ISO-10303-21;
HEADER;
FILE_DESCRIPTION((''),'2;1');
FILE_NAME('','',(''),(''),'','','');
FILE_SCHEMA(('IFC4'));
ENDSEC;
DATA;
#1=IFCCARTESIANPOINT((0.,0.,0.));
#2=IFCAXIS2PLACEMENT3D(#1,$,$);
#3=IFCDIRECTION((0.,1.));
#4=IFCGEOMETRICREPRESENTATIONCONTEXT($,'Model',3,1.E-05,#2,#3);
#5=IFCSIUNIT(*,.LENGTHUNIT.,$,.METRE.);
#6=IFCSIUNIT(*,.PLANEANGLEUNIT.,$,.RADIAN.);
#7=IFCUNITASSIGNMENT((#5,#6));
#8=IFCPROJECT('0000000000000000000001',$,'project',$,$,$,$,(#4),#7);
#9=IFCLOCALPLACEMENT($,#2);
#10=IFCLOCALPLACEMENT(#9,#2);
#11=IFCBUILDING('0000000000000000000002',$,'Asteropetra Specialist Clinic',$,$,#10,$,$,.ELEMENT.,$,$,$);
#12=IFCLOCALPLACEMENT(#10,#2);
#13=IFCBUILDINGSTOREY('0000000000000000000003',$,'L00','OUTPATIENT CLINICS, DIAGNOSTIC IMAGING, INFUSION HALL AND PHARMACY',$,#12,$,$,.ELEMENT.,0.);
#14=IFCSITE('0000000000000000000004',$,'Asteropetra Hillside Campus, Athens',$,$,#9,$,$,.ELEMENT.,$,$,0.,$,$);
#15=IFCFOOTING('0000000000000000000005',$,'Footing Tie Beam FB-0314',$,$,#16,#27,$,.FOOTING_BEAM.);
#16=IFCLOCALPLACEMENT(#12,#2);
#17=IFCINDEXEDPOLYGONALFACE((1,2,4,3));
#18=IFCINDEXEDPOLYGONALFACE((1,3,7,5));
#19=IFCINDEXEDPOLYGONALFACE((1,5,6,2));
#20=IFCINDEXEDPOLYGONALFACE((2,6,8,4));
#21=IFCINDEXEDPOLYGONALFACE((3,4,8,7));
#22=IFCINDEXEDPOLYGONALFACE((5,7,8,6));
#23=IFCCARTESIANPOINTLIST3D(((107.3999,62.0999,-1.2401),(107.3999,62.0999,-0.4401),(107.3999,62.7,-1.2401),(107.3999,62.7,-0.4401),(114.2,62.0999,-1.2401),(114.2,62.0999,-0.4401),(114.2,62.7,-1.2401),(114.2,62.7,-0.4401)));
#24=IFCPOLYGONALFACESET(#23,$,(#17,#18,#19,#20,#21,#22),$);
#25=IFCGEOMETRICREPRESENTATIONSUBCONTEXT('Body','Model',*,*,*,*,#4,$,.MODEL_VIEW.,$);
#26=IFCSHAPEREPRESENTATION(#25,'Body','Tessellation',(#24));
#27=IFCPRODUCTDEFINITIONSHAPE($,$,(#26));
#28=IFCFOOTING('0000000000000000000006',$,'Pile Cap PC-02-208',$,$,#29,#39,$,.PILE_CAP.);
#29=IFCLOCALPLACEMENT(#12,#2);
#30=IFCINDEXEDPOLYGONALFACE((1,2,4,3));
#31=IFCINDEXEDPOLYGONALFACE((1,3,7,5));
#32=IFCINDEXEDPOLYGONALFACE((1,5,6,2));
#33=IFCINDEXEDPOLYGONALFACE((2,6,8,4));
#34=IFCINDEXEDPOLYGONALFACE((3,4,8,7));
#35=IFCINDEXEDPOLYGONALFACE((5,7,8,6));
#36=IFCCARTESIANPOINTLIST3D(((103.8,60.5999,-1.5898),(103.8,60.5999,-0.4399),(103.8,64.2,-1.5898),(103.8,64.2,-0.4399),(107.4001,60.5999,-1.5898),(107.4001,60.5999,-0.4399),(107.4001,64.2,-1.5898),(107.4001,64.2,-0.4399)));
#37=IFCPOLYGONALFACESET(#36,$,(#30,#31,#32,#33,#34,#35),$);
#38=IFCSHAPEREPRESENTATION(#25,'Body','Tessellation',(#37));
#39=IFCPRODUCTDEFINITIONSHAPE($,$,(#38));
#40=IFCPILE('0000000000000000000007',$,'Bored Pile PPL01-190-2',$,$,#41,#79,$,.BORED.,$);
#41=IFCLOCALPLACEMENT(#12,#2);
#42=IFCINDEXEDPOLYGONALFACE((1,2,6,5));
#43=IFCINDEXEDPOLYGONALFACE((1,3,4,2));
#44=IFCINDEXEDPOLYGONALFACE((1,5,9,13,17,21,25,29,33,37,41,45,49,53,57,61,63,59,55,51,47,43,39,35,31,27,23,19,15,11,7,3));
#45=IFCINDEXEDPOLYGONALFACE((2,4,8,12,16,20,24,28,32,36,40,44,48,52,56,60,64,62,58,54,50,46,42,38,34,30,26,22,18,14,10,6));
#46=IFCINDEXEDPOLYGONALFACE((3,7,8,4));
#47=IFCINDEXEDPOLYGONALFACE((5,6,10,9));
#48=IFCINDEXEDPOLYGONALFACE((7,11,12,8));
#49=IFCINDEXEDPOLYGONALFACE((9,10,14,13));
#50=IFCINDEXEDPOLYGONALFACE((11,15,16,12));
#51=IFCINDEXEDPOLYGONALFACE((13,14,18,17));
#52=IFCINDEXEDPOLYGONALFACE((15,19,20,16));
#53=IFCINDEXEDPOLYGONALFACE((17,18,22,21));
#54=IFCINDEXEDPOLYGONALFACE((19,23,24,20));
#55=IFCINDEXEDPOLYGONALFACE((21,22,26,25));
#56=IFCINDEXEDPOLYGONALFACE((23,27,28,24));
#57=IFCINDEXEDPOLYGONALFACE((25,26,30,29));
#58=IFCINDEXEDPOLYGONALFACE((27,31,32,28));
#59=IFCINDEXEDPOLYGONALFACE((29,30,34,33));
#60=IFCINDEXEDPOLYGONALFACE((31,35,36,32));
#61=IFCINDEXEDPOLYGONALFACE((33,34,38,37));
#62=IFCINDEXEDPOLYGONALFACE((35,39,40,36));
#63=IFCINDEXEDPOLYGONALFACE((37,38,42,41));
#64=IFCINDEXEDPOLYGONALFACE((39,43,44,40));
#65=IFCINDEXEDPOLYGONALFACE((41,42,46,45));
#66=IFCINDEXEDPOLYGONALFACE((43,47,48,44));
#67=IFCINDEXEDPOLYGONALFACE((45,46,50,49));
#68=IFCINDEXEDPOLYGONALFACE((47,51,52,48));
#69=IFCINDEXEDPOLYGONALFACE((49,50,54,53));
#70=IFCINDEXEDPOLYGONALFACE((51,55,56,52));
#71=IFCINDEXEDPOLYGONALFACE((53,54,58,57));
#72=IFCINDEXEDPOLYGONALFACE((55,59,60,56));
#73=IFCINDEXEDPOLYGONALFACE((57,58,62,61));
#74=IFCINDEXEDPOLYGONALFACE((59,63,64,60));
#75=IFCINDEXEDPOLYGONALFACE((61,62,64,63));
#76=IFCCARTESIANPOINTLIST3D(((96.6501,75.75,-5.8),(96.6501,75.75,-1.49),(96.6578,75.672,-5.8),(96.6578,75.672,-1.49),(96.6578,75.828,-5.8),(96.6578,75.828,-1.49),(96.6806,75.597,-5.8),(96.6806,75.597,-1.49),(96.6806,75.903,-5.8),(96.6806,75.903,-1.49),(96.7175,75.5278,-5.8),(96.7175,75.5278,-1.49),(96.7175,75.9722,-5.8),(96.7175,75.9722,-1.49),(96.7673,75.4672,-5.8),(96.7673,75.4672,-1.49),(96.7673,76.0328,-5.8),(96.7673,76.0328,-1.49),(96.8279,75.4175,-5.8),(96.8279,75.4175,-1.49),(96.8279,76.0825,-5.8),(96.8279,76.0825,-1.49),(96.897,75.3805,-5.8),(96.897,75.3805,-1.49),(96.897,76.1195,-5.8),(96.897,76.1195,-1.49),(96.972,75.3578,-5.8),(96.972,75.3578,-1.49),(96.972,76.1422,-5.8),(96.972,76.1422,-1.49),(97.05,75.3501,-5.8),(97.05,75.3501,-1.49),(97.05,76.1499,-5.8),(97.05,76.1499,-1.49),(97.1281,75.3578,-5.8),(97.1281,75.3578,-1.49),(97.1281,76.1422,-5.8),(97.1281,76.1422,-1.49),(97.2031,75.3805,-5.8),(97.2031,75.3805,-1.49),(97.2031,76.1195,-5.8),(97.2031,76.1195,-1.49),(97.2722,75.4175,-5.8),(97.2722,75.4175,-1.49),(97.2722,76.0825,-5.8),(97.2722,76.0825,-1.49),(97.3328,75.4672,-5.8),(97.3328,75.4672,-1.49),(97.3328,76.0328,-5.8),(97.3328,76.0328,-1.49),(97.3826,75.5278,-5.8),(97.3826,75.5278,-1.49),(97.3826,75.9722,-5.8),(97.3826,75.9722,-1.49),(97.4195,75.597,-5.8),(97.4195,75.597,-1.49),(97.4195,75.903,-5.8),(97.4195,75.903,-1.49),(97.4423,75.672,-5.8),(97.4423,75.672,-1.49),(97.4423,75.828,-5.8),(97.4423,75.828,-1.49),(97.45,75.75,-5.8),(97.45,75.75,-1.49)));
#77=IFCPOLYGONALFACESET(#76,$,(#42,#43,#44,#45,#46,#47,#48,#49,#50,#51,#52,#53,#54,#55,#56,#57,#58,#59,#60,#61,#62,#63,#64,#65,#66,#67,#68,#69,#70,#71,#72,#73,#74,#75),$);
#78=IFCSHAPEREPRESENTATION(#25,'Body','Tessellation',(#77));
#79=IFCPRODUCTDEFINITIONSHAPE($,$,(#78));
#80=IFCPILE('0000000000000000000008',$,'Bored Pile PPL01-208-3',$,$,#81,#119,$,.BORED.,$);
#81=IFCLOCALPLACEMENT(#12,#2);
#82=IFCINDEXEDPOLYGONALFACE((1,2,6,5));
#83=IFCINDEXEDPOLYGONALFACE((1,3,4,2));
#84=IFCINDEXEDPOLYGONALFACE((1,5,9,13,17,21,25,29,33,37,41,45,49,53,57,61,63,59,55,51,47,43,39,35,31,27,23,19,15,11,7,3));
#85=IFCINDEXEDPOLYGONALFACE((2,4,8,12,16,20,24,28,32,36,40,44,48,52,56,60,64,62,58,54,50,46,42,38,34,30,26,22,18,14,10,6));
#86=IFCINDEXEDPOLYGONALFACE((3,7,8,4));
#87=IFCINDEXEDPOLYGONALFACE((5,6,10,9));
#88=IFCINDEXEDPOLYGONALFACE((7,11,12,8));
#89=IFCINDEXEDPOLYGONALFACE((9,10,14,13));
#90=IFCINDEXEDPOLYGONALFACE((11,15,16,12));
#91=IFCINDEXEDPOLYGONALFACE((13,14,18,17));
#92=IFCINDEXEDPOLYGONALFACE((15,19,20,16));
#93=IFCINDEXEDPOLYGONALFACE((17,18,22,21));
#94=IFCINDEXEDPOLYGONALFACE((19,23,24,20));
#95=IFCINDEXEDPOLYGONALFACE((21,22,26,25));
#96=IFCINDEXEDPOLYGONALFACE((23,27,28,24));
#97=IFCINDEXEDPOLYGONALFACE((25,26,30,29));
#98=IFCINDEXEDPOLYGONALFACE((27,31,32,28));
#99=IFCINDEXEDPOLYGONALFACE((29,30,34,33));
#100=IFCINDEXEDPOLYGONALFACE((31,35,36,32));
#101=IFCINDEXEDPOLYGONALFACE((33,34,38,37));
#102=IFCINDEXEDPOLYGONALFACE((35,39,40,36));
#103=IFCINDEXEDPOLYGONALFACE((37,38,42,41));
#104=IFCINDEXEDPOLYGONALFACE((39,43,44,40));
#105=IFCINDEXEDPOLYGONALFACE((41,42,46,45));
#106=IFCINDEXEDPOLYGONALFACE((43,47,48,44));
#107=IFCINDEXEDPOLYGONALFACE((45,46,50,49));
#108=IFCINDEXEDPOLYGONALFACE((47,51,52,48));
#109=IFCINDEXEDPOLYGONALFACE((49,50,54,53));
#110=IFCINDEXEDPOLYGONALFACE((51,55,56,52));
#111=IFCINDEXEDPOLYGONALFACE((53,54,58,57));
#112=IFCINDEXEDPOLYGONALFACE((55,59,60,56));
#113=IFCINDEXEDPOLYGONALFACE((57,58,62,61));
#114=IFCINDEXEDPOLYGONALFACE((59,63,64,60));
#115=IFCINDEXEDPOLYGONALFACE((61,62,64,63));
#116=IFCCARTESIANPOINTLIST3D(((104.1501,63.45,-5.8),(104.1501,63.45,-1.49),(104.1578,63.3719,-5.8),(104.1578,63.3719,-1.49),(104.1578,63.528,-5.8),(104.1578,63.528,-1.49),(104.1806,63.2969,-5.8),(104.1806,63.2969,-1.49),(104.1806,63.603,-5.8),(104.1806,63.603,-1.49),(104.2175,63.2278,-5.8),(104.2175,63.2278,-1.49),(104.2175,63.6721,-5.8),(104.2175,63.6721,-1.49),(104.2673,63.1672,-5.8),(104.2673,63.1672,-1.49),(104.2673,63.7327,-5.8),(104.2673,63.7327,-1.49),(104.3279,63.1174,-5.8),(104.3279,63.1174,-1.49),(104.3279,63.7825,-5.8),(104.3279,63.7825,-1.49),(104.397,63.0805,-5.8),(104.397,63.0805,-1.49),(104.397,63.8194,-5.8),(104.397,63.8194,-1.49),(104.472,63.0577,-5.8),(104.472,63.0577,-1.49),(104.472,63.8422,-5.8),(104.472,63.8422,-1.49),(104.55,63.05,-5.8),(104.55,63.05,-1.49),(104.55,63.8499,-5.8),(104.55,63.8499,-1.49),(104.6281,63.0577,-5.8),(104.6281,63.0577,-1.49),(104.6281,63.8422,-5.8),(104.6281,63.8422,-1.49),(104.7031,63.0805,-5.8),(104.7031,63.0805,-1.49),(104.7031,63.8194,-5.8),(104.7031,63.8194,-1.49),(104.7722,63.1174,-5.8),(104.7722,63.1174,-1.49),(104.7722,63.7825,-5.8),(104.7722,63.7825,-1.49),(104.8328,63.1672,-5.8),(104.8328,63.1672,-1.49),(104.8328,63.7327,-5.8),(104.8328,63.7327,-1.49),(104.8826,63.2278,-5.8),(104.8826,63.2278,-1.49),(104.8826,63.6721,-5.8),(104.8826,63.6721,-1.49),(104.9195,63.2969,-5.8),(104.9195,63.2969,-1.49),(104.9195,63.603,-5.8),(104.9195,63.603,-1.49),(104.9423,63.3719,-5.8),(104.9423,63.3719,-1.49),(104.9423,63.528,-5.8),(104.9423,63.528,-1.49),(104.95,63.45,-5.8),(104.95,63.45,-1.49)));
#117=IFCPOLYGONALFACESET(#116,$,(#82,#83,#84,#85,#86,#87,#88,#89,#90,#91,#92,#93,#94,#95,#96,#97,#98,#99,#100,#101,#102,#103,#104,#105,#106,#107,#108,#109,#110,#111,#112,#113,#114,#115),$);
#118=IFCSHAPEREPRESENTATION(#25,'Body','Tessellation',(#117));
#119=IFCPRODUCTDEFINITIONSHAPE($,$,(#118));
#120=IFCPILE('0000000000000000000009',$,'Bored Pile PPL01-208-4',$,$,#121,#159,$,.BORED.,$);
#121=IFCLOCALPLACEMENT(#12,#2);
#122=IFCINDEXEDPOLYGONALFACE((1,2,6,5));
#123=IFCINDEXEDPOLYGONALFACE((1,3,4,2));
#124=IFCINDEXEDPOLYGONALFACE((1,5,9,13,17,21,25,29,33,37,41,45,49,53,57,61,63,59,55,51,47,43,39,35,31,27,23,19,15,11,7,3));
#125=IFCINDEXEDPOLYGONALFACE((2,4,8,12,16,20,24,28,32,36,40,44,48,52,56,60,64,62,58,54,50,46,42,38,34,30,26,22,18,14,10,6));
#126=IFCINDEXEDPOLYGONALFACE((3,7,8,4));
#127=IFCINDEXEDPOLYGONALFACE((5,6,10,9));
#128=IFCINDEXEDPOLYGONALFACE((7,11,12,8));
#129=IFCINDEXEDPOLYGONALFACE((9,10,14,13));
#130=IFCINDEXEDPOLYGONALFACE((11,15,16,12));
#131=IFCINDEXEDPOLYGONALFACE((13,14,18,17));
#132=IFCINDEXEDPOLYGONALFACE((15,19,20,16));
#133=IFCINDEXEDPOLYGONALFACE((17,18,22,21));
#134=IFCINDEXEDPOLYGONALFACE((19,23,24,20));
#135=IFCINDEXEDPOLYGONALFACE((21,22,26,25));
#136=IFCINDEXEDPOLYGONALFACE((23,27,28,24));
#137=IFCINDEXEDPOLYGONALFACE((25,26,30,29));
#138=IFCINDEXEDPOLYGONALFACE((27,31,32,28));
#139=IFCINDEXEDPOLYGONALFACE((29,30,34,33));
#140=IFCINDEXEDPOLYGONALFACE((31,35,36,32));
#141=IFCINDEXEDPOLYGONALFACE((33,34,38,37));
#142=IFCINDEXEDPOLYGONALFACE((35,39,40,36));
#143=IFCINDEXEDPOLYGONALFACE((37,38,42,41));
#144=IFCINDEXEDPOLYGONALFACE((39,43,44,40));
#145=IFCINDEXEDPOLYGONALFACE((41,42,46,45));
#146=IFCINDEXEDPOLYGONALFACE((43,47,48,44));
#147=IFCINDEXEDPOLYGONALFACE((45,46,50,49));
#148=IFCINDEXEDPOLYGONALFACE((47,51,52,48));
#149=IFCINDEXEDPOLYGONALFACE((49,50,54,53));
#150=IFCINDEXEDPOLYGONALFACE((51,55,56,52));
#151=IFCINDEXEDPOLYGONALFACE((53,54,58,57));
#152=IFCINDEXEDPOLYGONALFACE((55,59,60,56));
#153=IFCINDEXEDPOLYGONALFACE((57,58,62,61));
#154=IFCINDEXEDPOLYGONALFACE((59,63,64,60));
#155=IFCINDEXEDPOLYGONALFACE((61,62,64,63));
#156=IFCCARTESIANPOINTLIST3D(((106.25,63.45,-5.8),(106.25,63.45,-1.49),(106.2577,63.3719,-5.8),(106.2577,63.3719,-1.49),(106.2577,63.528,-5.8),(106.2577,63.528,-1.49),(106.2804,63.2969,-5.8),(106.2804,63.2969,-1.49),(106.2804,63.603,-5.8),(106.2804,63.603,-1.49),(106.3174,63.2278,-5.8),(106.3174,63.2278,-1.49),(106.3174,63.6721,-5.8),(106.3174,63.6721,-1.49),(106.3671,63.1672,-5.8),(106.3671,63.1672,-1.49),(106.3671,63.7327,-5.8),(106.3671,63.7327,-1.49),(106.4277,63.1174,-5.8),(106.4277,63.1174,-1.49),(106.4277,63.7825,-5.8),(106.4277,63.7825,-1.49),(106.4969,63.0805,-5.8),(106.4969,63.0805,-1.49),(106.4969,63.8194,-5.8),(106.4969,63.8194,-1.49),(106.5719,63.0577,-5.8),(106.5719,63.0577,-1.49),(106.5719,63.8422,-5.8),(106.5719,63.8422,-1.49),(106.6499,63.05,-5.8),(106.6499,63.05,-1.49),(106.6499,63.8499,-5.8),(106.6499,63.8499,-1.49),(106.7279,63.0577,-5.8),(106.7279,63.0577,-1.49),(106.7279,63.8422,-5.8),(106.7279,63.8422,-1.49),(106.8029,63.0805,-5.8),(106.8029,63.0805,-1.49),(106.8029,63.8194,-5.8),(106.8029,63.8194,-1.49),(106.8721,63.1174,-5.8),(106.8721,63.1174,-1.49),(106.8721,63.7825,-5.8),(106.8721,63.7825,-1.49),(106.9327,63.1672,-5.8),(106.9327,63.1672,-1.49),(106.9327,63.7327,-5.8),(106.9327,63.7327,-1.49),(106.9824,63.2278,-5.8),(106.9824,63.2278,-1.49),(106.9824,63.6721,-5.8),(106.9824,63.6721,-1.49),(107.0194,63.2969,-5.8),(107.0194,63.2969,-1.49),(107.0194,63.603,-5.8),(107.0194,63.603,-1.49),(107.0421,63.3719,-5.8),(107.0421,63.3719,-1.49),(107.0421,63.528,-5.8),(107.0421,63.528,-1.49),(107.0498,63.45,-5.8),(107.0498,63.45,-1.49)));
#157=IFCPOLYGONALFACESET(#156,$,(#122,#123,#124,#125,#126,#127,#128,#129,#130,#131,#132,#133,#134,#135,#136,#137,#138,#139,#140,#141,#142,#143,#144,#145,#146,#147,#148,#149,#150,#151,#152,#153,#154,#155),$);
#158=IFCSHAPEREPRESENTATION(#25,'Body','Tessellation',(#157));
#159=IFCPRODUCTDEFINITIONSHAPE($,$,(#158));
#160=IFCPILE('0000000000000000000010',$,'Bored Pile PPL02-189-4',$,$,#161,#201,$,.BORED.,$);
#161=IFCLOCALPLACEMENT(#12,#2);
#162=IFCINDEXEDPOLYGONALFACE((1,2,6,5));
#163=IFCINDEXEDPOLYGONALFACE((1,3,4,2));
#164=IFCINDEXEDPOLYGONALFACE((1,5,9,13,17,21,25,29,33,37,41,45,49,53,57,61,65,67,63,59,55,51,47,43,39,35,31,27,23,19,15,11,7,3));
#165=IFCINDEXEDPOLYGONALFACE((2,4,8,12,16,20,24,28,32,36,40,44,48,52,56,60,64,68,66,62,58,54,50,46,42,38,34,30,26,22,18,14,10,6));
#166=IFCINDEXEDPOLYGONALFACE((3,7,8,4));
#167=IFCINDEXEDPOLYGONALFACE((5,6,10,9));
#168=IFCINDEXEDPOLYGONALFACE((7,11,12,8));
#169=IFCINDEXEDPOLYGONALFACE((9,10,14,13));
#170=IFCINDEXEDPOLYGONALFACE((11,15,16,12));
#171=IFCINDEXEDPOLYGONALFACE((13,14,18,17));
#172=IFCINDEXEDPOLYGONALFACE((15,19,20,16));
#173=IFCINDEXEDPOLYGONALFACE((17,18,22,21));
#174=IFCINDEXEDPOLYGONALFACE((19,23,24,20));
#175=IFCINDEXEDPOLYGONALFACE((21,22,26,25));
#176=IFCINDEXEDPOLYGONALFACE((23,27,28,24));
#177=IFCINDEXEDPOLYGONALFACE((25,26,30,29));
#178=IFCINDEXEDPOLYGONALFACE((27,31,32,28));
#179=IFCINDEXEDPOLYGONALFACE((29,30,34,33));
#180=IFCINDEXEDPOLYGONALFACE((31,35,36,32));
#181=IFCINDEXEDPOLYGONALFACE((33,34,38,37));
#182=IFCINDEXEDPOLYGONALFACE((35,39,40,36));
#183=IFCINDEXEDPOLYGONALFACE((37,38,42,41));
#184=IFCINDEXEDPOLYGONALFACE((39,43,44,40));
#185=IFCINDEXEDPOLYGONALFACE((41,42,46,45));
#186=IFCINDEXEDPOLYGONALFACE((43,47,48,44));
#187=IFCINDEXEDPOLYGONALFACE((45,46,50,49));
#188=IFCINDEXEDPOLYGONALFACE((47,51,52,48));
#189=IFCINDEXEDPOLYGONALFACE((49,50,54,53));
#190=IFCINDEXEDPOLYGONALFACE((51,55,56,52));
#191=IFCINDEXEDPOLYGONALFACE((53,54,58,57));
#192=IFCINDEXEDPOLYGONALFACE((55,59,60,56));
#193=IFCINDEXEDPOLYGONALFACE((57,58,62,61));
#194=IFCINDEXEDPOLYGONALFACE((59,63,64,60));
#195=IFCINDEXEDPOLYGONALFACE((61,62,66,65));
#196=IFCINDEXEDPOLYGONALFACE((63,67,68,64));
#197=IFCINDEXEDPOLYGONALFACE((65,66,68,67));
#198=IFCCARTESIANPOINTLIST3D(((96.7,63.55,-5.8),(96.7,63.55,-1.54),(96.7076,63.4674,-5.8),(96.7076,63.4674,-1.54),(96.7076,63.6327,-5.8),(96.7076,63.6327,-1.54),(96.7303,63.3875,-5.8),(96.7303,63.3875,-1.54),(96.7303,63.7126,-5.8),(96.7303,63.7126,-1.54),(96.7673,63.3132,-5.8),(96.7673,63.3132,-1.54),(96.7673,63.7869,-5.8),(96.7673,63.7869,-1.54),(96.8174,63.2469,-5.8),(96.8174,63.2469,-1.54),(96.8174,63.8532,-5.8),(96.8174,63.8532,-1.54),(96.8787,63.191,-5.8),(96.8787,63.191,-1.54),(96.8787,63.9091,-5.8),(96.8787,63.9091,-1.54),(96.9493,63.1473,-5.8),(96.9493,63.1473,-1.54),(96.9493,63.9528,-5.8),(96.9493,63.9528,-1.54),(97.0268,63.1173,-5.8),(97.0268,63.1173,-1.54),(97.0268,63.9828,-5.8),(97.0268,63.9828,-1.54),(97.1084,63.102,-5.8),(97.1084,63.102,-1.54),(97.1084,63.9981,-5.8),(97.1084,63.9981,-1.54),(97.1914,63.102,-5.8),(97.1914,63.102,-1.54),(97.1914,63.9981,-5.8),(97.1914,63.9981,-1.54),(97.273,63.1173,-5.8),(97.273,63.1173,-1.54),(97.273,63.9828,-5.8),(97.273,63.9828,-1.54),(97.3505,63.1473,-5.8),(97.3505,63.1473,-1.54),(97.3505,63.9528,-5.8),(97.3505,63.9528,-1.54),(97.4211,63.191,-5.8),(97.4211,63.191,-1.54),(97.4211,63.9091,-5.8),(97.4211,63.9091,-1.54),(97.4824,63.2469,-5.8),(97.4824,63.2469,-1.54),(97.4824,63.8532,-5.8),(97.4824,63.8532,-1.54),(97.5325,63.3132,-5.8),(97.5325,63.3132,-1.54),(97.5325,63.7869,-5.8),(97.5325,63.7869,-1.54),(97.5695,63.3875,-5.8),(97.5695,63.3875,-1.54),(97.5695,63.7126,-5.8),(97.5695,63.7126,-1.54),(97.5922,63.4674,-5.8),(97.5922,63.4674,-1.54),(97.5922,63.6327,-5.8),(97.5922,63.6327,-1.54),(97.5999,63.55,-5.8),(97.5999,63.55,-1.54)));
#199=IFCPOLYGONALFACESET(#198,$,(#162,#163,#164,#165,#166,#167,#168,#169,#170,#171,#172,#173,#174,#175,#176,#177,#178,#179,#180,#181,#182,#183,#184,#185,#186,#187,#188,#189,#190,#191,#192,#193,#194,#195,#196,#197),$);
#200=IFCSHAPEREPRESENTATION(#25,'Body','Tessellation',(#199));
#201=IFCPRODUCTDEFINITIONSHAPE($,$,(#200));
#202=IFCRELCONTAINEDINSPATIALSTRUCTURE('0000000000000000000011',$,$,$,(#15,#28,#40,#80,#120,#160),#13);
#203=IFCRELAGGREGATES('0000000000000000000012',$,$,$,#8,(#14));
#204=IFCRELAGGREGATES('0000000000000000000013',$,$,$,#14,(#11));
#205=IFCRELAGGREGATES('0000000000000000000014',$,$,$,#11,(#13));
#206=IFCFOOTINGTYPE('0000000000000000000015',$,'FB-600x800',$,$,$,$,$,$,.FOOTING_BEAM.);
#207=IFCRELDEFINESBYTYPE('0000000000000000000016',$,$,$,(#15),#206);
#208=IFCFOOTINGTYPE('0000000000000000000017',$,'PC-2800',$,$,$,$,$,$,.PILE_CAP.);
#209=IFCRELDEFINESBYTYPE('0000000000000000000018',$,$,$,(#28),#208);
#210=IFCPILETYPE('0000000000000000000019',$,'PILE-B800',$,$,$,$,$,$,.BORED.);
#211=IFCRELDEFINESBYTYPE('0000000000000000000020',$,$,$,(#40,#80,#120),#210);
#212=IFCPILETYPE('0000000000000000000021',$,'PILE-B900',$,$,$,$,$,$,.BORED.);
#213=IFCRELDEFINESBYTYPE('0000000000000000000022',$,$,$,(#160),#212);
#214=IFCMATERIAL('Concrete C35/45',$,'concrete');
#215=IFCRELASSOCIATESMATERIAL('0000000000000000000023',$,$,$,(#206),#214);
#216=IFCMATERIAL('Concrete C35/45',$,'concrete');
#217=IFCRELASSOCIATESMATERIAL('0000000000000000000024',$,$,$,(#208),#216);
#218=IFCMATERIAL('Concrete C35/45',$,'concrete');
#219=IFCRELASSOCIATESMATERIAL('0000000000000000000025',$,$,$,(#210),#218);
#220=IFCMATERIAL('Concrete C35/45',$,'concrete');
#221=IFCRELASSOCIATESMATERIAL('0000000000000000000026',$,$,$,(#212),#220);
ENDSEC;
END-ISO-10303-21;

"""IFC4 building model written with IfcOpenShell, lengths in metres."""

from ifc_helpers import new_model, si_unit, direction, frame, origin, origin_2d, place, context, subcontext, project, spatial, rectangle, circle, extrude, material, material_profile, profile_set, type_object, element, save


model = new_model("IFC4")

# Units and contexts
model_context = context("Model", 3, precision=1e-05, world=origin(), true_north=direction((0.0, 1.0)))
body_context = subcontext(model_context, "Body", "Model", "MODEL_VIEW")
ifc_project = project(units=[si_unit("LENGTHUNIT", "METRE"), si_unit("PLANEANGLEUNIT", "RADIAN")], contexts=[model_context])

# Site, building, storey
site_placement = place(None, origin())
site = spatial("IfcSite", under=ifc_project, at=site_placement, Name="Asteropetra Hillside Campus, Athens", CompositionType="ELEMENT", RefElevation=0.0)
building_placement = place(site_placement, origin())
building = spatial("IfcBuilding", under=site, at=building_placement, Name="Asteropetra Specialist Clinic", CompositionType="ELEMENT")
storey_placement = place(building_placement, origin())
storey = spatial("IfcBuildingStorey", under=building, at=storey_placement, Name="L00", Description="OUTPATIENT CLINICS, DIAGNOSTIC IMAGING, INFUSION HALL AND PHARMACY", CompositionType="ELEMENT", Elevation=0.0)

# Footings
ifc_material_1 = material(Name="Concrete C35/45", Category="concrete")
ifc_material_profile_1 = material_profile(ifc_material_1, rectangle(XDim=0.6001, YDim=0.8, at=origin_2d()), Name="FB 600x800")
ifc_profile_set_1 = profile_set([ifc_material_profile_1], Name="Concrete C35/45")
footing_type_1 = type_object("IfcFootingType", Name="FB-600x800", PredefinedType="FOOTING_BEAM", material=ifc_profile_set_1)
footing_1_placement = place(storey_placement, frame((107.3999, 62.3999, -0.8401), z_axis=(1.0, 0.0, 0.0), x_axis=(0.0, 1.0, 0.0)))
element("IfcFooting", 1, at=footing_1_placement, inside=storey, type_object=footing_type_1, Name="Footing Tie Beam FB-0314", PredefinedType="FOOTING_BEAM", context=body_context, shape_type="SweptSolid", body=[
    extrude(rectangle(XDim=0.6001, YDim=0.8, at=origin_2d()), origin(), (0.0, 0.0, 1.0), 6.8),
])
ifc_material_2 = material(Name="Concrete C35/45", Category="concrete")
footing_type_2 = type_object("IfcFootingType", Name="PC-2800", PredefinedType="PILE_CAP", material=ifc_material_2)
footing_2_placement = place(storey_placement, frame((105.6001, 62.3999, -1.5898), z_axis=(0.0, 0.0, 1.0), x_axis=(1.0, 0.0, 0.0)))
element("IfcFooting", 2, at=footing_2_placement, inside=storey, type_object=footing_type_2, Name="Pile Cap PC-02-208", PredefinedType="PILE_CAP", context=body_context, shape_type="SweptSolid", body=[
    extrude(rectangle(XDim=3.6001, YDim=3.6001, at=origin_2d()), origin(), (0.0, 0.0, 1.0), 1.1499),
])

# Piles
ifc_material_3 = material(Name="Concrete C35/45", Category="concrete")
ifc_material_profile_2 = material_profile(ifc_material_3, circle(Radius=0.3999, at=origin_2d()), Name="PILE D800")
ifc_profile_set_2 = profile_set([ifc_material_profile_2], Name="Concrete C35/45")
pile_type_1 = type_object("IfcPileType", Name="PILE-B800", PredefinedType="BORED", material=ifc_profile_set_2)
for number, where, z_axis, x_axis, name in (
    (3, (97.05, 75.75, -1.49), (0.0, 0.0, -1.0), (1.0, 0.0, 0.0), "Bored Pile PPL01-190-2"),
    (4, (104.55, 63.45, -1.49), (0.0, 0.0, -1.0), (1.0, 0.0, 0.0), "Bored Pile PPL01-208-3"),
    (5, (106.6499, 63.45, -1.49), (0.0, 0.0, -1.0), (1.0, 0.0, 0.0), "Bored Pile PPL01-208-4"),
):
    element("IfcPile", number, at=place(storey_placement, frame(where, z_axis=z_axis, x_axis=x_axis)), inside=storey, type_object=pile_type_1, Name=name, PredefinedType="BORED", context=body_context, shape_type="SweptSolid", body=[
        extrude(circle(Radius=0.3999, at=origin_2d()), origin(), (0.0, 0.0, 1.0), 4.3101),
    ])
ifc_material_4 = material(Name="Concrete C35/45", Category="concrete")
ifc_material_profile_3 = material_profile(ifc_material_4, circle(Radius=0.45, at=origin_2d()), Name="PILE D900")
ifc_profile_set_3 = profile_set([ifc_material_profile_3], Name="Concrete C35/45")
pile_type_2 = type_object("IfcPileType", Name="PILE-B900", PredefinedType="BORED", material=ifc_profile_set_3)
for number, where, z_axis, x_axis, name in (
    (6, (97.1499, 63.55, -1.54), (0.0, 0.0, -1.0), (1.0, 0.0, 0.0), "Bored Pile PPL02-189-4"),
):
    element("IfcPile", number, at=place(storey_placement, frame(where, z_axis=z_axis, x_axis=x_axis)), inside=storey, type_object=pile_type_2, Name=name, PredefinedType="BORED", context=body_context, shape_type="SweptSolid", body=[
        extrude(circle(Radius=0.45, at=origin_2d()), origin(), (0.0, 0.0, 1.0), 4.26),
    ])

save(model, "model.ifc")
